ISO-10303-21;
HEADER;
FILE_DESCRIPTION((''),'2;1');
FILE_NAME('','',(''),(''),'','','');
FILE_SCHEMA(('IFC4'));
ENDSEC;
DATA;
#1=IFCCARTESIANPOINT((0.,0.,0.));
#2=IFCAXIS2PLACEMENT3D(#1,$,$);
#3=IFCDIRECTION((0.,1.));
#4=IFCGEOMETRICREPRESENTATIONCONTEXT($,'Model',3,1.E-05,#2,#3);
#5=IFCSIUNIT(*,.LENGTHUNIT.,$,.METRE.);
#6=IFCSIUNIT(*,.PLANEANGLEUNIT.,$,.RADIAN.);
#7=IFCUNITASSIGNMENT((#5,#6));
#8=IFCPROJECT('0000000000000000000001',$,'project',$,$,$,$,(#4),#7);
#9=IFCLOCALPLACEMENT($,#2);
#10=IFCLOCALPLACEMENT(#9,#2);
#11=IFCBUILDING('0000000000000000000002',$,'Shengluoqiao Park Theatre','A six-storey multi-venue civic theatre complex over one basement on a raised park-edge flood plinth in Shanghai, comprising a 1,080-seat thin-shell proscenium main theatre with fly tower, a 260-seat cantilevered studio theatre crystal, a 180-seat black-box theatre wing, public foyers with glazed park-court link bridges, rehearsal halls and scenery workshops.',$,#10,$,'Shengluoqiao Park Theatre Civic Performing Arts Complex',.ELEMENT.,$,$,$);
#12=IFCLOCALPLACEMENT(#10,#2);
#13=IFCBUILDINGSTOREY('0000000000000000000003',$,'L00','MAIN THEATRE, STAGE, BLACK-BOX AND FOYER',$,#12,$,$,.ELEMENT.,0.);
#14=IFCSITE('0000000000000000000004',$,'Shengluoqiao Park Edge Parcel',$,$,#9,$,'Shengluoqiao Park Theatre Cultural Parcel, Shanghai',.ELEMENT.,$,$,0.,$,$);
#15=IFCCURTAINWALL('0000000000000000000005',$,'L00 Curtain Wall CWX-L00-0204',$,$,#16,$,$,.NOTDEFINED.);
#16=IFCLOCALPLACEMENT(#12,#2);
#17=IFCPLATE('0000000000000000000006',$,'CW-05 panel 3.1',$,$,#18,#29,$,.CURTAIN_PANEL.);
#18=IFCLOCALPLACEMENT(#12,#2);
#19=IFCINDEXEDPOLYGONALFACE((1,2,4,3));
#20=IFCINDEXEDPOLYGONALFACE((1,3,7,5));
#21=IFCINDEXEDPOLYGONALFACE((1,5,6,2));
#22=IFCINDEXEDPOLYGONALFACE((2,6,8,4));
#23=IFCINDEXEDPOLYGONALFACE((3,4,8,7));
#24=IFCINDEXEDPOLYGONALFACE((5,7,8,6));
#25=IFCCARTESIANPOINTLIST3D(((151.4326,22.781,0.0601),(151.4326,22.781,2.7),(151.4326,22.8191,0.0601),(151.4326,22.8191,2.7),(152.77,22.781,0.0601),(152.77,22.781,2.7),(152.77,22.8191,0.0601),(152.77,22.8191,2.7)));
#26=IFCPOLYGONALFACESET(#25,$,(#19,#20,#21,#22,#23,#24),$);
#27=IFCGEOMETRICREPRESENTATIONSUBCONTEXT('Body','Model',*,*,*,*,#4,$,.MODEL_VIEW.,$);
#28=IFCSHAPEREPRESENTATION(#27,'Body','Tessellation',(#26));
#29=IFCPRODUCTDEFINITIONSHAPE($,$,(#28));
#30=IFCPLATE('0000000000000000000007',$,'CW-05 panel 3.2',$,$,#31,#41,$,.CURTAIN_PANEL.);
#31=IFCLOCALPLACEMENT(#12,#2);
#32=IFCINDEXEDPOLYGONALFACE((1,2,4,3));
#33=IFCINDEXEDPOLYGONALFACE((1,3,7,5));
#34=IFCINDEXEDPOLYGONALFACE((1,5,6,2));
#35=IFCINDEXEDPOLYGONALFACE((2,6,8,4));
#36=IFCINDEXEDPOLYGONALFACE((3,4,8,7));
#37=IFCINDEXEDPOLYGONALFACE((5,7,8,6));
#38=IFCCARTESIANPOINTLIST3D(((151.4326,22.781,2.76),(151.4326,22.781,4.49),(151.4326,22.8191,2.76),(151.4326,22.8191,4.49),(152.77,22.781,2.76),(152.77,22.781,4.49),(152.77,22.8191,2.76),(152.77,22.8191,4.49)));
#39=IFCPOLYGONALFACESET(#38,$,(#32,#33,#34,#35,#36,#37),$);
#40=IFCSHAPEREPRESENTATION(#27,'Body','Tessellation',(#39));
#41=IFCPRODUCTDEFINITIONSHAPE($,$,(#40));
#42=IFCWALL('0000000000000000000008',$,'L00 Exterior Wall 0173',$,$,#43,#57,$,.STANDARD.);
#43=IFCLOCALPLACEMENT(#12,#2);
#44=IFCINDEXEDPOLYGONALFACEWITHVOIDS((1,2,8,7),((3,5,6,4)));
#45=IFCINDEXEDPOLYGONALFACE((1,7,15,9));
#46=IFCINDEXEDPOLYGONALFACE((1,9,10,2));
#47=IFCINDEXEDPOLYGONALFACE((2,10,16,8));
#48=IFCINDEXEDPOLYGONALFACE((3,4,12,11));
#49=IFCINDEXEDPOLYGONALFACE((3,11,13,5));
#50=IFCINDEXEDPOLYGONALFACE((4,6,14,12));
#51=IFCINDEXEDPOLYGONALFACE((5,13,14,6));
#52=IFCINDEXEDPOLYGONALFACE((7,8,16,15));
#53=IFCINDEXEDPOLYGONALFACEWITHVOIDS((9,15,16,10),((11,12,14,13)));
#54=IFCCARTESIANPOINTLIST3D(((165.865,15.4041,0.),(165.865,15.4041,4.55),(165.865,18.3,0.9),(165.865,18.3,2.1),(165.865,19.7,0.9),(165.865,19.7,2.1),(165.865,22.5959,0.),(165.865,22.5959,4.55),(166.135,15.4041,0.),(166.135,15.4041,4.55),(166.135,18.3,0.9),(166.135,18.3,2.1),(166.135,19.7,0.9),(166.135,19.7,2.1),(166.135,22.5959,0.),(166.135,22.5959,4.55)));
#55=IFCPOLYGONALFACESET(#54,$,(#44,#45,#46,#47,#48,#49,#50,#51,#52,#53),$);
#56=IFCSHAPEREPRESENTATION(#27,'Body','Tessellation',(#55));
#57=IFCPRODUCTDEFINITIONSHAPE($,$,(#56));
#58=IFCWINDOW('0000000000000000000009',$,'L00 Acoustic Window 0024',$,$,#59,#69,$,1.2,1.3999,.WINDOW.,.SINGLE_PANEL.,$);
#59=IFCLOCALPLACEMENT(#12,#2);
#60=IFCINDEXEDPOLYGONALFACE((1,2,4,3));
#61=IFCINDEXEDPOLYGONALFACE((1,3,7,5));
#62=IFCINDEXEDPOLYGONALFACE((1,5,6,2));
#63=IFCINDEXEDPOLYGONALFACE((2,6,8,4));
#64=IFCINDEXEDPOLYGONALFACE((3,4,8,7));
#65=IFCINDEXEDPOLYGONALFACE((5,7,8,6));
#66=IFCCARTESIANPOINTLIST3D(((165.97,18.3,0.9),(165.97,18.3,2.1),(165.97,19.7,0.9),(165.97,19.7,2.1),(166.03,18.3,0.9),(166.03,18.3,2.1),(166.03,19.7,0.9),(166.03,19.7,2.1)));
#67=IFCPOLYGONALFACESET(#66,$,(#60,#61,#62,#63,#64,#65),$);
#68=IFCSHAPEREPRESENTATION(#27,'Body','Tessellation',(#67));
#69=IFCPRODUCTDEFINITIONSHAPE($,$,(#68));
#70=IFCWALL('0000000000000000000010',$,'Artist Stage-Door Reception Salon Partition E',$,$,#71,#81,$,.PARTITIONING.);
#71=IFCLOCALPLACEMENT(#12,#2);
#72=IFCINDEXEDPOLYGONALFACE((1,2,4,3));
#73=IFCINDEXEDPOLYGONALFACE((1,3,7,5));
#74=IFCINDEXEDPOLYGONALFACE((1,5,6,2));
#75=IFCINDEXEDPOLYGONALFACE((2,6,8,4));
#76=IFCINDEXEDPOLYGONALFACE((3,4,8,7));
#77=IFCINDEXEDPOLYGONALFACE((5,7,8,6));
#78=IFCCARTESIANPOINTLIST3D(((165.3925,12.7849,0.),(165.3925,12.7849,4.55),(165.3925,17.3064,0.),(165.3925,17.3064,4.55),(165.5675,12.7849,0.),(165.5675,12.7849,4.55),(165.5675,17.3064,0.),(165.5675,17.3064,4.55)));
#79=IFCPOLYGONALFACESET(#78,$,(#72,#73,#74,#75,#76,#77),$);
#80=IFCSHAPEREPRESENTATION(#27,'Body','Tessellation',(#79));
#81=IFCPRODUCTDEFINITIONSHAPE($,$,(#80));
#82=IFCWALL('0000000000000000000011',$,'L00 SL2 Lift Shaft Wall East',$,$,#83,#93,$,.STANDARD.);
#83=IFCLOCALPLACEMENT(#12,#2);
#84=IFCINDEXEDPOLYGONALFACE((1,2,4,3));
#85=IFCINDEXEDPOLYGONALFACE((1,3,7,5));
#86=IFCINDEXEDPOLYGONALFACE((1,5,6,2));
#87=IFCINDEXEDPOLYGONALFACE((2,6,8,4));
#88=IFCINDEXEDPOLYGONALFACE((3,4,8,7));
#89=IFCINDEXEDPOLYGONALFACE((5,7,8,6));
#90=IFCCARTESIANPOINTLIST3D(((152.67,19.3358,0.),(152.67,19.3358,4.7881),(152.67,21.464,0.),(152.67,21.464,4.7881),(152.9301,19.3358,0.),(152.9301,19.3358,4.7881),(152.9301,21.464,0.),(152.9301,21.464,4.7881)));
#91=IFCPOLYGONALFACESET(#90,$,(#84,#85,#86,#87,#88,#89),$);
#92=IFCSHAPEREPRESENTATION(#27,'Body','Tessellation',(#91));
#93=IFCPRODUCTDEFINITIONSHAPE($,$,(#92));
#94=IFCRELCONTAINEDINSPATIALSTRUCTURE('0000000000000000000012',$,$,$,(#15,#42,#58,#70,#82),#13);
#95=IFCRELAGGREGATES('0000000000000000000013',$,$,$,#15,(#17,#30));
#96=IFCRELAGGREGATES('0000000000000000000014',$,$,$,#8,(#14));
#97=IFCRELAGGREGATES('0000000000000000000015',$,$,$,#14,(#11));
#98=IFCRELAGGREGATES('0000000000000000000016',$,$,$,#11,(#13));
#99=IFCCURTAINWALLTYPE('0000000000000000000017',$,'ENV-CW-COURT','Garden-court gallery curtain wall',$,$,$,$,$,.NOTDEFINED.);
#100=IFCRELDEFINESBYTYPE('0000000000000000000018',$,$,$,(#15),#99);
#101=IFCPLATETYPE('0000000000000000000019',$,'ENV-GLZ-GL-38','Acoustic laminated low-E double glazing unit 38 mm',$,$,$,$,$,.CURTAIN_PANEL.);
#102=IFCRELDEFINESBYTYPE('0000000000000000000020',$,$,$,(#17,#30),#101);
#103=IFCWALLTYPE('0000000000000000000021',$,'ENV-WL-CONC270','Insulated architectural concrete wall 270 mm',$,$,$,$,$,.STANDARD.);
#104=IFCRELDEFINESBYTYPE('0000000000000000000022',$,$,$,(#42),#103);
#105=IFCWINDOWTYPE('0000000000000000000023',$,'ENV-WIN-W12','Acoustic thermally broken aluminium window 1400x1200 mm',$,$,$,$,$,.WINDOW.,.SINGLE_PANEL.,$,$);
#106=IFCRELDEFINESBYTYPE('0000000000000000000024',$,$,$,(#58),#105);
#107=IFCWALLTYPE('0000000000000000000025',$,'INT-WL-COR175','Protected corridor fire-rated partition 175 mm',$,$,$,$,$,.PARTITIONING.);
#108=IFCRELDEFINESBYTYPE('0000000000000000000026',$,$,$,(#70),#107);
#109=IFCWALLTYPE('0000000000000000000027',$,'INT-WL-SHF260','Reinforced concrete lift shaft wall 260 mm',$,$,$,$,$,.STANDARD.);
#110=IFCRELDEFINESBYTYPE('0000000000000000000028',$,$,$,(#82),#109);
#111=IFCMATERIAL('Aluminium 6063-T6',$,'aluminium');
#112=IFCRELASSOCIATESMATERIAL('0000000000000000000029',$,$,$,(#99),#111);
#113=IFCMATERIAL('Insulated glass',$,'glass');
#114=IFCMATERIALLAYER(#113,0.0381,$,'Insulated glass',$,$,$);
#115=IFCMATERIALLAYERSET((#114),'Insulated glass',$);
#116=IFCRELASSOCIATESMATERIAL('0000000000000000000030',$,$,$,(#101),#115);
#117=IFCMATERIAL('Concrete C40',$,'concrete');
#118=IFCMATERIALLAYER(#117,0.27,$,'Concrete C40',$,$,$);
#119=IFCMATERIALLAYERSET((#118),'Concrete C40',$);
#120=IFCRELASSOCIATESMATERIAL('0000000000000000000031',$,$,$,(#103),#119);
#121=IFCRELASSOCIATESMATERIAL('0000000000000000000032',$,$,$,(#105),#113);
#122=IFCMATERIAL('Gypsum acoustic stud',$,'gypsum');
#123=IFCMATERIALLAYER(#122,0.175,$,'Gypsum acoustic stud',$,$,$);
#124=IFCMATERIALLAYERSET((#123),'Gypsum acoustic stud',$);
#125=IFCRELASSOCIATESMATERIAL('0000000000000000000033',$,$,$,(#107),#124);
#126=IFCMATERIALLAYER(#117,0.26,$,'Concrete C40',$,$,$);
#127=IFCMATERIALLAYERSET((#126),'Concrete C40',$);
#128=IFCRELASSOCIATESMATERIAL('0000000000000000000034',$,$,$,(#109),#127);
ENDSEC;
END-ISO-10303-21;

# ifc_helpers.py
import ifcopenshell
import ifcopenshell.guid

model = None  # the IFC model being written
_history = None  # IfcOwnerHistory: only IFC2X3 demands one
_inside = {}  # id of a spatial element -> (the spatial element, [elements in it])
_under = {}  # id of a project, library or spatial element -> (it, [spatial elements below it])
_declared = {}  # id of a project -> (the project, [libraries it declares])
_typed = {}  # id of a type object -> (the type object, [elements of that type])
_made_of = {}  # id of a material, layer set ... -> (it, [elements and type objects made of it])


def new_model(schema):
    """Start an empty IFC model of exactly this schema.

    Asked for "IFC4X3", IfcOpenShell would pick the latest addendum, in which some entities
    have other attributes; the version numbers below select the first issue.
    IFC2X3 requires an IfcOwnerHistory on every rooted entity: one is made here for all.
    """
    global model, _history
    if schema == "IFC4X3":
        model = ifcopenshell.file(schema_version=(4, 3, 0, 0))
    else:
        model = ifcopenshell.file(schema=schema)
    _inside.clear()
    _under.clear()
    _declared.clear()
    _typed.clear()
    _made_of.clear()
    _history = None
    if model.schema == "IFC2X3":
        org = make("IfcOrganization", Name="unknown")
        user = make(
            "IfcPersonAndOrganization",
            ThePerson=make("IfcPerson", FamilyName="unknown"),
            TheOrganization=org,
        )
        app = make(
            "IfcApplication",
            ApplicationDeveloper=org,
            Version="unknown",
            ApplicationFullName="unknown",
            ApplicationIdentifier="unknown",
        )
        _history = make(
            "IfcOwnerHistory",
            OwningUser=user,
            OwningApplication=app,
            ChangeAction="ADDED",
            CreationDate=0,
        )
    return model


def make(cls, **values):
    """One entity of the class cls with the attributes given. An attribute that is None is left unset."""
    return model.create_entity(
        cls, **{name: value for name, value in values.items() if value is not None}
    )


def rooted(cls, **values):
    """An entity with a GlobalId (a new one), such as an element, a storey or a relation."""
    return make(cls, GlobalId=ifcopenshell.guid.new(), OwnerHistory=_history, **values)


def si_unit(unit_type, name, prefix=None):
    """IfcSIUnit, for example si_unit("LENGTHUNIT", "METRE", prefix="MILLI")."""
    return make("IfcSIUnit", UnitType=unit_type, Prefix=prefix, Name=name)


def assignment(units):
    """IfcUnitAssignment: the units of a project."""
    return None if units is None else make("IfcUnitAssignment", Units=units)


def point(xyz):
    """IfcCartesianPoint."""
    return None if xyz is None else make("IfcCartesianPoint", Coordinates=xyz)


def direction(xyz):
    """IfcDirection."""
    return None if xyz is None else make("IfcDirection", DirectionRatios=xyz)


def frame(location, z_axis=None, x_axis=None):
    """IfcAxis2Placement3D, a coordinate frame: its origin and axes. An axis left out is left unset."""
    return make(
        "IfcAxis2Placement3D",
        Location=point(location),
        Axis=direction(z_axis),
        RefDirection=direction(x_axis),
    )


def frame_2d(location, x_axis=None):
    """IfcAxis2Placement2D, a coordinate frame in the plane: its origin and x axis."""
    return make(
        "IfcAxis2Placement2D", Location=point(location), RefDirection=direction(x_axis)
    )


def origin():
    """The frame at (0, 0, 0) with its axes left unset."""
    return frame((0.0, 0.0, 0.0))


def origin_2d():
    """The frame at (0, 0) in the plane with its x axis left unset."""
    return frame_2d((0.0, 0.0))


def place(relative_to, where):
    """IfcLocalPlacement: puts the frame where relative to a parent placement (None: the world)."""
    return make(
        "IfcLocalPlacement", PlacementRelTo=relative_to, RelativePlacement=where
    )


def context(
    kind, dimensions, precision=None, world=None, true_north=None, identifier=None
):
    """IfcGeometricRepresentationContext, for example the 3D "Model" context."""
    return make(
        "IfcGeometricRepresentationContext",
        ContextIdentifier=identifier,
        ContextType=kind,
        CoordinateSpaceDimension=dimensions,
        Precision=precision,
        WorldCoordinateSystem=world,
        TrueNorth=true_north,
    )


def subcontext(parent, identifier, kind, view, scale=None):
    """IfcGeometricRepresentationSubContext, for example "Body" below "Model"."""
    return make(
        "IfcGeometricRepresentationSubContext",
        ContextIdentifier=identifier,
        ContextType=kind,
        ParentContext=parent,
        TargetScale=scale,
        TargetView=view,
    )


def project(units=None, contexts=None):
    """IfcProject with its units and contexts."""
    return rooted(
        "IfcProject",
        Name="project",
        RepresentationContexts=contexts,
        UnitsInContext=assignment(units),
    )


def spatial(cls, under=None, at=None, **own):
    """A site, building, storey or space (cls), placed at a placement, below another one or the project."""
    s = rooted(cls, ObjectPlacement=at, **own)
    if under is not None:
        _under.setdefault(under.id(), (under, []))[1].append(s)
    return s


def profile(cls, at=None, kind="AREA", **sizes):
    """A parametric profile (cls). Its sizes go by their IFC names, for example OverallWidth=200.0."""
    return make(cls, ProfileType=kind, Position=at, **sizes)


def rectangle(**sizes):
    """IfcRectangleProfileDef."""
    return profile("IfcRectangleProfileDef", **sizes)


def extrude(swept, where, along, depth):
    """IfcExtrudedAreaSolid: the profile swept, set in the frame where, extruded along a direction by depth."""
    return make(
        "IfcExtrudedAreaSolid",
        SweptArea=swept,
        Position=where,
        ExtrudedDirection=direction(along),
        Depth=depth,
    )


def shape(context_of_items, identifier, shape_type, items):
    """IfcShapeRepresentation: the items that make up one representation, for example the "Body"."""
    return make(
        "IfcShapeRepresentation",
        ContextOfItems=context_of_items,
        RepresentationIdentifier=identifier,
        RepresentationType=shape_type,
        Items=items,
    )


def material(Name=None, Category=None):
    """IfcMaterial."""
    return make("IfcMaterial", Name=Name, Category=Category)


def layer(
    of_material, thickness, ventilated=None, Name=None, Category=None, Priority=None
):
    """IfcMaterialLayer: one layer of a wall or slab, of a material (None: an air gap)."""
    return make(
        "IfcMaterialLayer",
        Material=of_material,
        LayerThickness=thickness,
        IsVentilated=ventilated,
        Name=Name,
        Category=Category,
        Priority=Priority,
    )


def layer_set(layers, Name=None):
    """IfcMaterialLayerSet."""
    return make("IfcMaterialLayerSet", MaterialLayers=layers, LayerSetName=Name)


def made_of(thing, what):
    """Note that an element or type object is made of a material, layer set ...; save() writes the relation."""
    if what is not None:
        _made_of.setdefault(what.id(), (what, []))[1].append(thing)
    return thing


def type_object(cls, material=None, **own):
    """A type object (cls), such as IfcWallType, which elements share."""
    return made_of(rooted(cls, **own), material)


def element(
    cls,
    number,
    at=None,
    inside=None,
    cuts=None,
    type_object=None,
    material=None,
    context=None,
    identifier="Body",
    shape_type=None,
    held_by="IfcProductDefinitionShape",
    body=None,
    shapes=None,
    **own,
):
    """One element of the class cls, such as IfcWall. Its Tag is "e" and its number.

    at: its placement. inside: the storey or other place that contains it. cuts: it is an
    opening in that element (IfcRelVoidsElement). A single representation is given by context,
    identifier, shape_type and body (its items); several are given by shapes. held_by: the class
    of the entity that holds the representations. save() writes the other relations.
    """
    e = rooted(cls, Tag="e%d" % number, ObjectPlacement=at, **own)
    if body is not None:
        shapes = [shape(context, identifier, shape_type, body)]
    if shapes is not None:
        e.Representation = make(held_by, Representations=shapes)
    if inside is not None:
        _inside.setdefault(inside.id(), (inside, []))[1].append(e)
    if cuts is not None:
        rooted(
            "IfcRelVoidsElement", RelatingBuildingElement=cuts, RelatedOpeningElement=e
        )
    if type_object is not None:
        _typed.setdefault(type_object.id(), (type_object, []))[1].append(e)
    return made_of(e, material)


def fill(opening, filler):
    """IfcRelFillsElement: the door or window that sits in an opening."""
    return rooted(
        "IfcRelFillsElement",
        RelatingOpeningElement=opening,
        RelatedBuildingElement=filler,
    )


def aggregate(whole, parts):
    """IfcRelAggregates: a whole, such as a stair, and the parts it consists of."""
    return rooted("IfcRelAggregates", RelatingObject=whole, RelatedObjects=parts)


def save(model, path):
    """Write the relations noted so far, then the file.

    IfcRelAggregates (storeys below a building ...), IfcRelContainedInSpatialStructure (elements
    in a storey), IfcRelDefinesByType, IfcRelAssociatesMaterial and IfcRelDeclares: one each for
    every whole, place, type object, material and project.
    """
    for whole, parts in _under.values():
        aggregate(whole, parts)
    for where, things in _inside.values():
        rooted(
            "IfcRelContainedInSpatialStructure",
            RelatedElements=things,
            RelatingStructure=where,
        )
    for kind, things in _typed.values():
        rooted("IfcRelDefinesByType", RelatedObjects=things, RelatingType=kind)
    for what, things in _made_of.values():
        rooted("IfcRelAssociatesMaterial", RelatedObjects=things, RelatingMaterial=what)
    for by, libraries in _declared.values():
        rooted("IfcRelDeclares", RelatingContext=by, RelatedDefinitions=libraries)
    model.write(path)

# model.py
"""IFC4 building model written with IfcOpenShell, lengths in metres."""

from ifc_helpers import new_model, si_unit, direction, frame, frame_2d, origin, origin_2d, place, context, subcontext, project, spatial, rectangle, extrude, material, layer, layer_set, type_object, element, fill, aggregate, save


model = new_model("IFC4")

# Units and contexts
model_context = context("Model", 3, precision=1e-05, world=origin(), true_north=direction((0.0, 1.0)))
body_context = subcontext(model_context, "Body", "Model", "MODEL_VIEW")
ifc_project = project(units=[si_unit("LENGTHUNIT", "METRE"), si_unit("PLANEANGLEUNIT", "RADIAN")], contexts=[model_context])

# Site, building, storey
site_placement = place(None, origin())
site = spatial("IfcSite", under=ifc_project, at=site_placement, Name="Shengluoqiao Park Edge Parcel", LongName="Shengluoqiao Park Theatre Cultural Parcel, Shanghai", CompositionType="ELEMENT", RefElevation=0.0)
building_placement = place(site_placement, origin())
building = spatial("IfcBuilding", under=site, at=building_placement, Name="Shengluoqiao Park Theatre", Description="A six-storey multi-venue civic theatre complex over one basement on a raised park-edge flood plinth in Shanghai, comprising a 1,080-seat thin-shell proscenium main theatre with fly tower, a 260-seat cantilevered studio theatre crystal, a 180-seat black-box theatre wing, public foyers with glazed park-court link bridges, rehearsal halls and scenery workshops.", LongName="Shengluoqiao Park Theatre Civic Performing Arts Complex", CompositionType="ELEMENT")
storey_placement = place(building_placement, origin())
storey = spatial("IfcBuildingStorey", under=building, at=storey_placement, Name="L00", Description="MAIN THEATRE, STAGE, BLACK-BOX AND FOYER", CompositionType="ELEMENT", Elevation=0.0)

# Shared definitions
ifc_material_1 = material(Name="Concrete C40", Category="concrete")

# Curtain wall, plates
ifc_material_2 = material(Name="Aluminium 6063-T6", Category="aluminium")
curtain_wall_type = type_object("IfcCurtainWallType", Name="ENV-CW-COURT", Description="Garden-court gallery curtain wall", PredefinedType="NOTDEFINED", material=ifc_material_2)
curtain_wall_placement = place(storey_placement, origin())
curtain_wall = element("IfcCurtainWall", 1, at=curtain_wall_placement, inside=storey, type_object=curtain_wall_type, Name="L00 Curtain Wall CWX-L00-0204", PredefinedType="NOTDEFINED")
ifc_material_3 = material(Name="Insulated glass", Category="glass")
ifc_layer_1 = layer(ifc_material_3, 0.0381, Name="Insulated glass")
ifc_layer_set_1 = layer_set([ifc_layer_1], Name="Insulated glass")
plate_type = type_object("IfcPlateType", Name="ENV-GLZ-GL-38", Description="Acoustic laminated low-E double glazing unit 38 mm", PredefinedType="CURTAIN_PANEL", material=ifc_layer_set_1)
plate_1_placement = place(storey_placement, frame((152.1013, 22.8, 0.0601), z_axis=(0.0, 0.0, 1.0), x_axis=(1.0, 0.0, 0.0)))
plate_1 = element("IfcPlate", 2, at=plate_1_placement, type_object=plate_type, Name="CW-05 panel 3.1", PredefinedType="CURTAIN_PANEL", context=body_context, shape_type="SweptSolid", body=[
    extrude(rectangle(XDim=1.3374, YDim=0.0381, at=origin_2d()), origin(), (0.0, 0.0, 1.0), 2.6399),
])
plate_2_placement = place(storey_placement, frame((152.1013, 22.8, 2.76), z_axis=(0.0, 0.0, 1.0), x_axis=(1.0, 0.0, 0.0)))
plate_2 = element("IfcPlate", 3, at=plate_2_placement, type_object=plate_type, Name="CW-05 panel 3.2", PredefinedType="CURTAIN_PANEL", context=body_context, shape_type="SweptSolid", body=[
    extrude(rectangle(XDim=1.3374, YDim=0.0381, at=origin_2d()), origin(), (0.0, 0.0, 1.0), 1.73),
])
aggregate(curtain_wall, [plate_1, plate_2])

# Shared definitions
ifc_layer_2 = layer(ifc_material_1, 0.27, Name="Concrete C40")
ifc_layer_set_2 = layer_set([ifc_layer_2], Name="Concrete C40")
wall_type_1 = type_object("IfcWallType", Name="ENV-WL-CONC270", Description="Insulated architectural concrete wall 270 mm", PredefinedType="STANDARD", material=ifc_layer_set_2)

# Wall, opening, window
wall_1_placement = place(storey_placement, frame((166.0, 15.4041, 0.0), z_axis=(0.0, 0.0, 1.0), x_axis=(0.0, 1.0, 0.0)))
wall_1 = element("IfcWall", 4, at=wall_1_placement, inside=storey, type_object=wall_type_1, Name="L00 Exterior Wall 0173", PredefinedType="STANDARD", context=body_context, shape_type="SweptSolid", body=[
    extrude(rectangle(XDim=7.1919, YDim=0.27, at=frame_2d((3.5959, 0.0))), origin(), (0.0, 0.0, 1.0), 4.55),
])
opening_1_placement = place(wall_1_placement, frame((2.896, 0.0, 0.8999)))
opening_1 = element("IfcOpeningElement", 5, at=opening_1_placement, cuts=wall_1, PredefinedType="OPENING", context=body_context, shape_type="SweptSolid", body=[
    extrude(rectangle(XDim=1.3999, YDim=1.2, at=frame_2d((0.7, 0.6001))), frame((0.0, 0.145, 0.0), z_axis=(0.0, -1.0, 0.0), x_axis=(1.0, 0.0, 0.0)), (0.0, 0.0, 1.0), 0.29),
])
window_type = type_object("IfcWindowType", Name="ENV-WIN-W12", Description="Acoustic thermally broken aluminium window 1400x1200 mm", PartitioningType="SINGLE_PANEL", PredefinedType="WINDOW", material=ifc_material_3)
window_placement = place(opening_1_placement, origin())
window = element("IfcWindow", 6, at=window_placement, inside=storey, type_object=window_type, Name="L00 Acoustic Window 0024", OverallHeight=1.2, OverallWidth=1.3999, PartitioningType="SINGLE_PANEL", PredefinedType="WINDOW", context=body_context, shape_type="SweptSolid", body=[
    extrude(rectangle(XDim=1.3999, YDim=1.2, at=frame_2d((0.7, 0.6001))), frame((0.0, 0.03, 0.0), z_axis=(0.0, -1.0, 0.0), x_axis=(1.0, 0.0, 0.0)), (0.0, 0.0, 1.0), 0.0601),
])
fill(opening_1, window)

# Walls
ifc_material_4 = material(Name="Gypsum acoustic stud", Category="gypsum")
ifc_layer_3 = layer(ifc_material_4, 0.175, Name="Gypsum acoustic stud")
ifc_layer_set_3 = layer_set([ifc_layer_3], Name="Gypsum acoustic stud")
wall_type_2 = type_object("IfcWallType", Name="INT-WL-COR175", Description="Protected corridor fire-rated partition 175 mm", PredefinedType="PARTITIONING", material=ifc_layer_set_3)
wall_2_placement = place(storey_placement, frame((165.48, 12.7849, 0.0), z_axis=(0.0, 0.0, 1.0), x_axis=(0.0, 1.0, 0.0)))
element("IfcWall", 7, at=wall_2_placement, inside=storey, type_object=wall_type_2, Name="Artist Stage-Door Reception Salon Partition E", PredefinedType="PARTITIONING", context=body_context, shape_type="SweptSolid", body=[
    extrude(rectangle(XDim=4.5215, YDim=0.175, at=frame_2d((2.2607, 0.0))), origin(), (0.0, 0.0, 1.0), 4.55),
])
ifc_layer_4 = layer(ifc_material_1, 0.26, Name="Concrete C40")
ifc_layer_set_4 = layer_set([ifc_layer_4], Name="Concrete C40")
wall_type_3 = type_object("IfcWallType", Name="INT-WL-SHF260", Description="Reinforced concrete lift shaft wall 260 mm", PredefinedType="STANDARD", material=ifc_layer_set_4)
wall_3_placement = place(storey_placement, frame((152.8, 19.3359, 0.0), z_axis=(0.0, 0.0, 1.0), x_axis=(0.0, 1.0, 0.0)))
element("IfcWall", 8, at=wall_3_placement, inside=storey, type_object=wall_type_3, Name="L00 SL2 Lift Shaft Wall East", PredefinedType="STANDARD", context=body_context, shape_type="SweptSolid", body=[
    extrude(rectangle(XDim=2.1282, YDim=0.26, at=frame_2d((1.064, 0.0))), origin(), (0.0, 0.0, 1.0), 4.7881),
])

save(model, "model.ifc")
